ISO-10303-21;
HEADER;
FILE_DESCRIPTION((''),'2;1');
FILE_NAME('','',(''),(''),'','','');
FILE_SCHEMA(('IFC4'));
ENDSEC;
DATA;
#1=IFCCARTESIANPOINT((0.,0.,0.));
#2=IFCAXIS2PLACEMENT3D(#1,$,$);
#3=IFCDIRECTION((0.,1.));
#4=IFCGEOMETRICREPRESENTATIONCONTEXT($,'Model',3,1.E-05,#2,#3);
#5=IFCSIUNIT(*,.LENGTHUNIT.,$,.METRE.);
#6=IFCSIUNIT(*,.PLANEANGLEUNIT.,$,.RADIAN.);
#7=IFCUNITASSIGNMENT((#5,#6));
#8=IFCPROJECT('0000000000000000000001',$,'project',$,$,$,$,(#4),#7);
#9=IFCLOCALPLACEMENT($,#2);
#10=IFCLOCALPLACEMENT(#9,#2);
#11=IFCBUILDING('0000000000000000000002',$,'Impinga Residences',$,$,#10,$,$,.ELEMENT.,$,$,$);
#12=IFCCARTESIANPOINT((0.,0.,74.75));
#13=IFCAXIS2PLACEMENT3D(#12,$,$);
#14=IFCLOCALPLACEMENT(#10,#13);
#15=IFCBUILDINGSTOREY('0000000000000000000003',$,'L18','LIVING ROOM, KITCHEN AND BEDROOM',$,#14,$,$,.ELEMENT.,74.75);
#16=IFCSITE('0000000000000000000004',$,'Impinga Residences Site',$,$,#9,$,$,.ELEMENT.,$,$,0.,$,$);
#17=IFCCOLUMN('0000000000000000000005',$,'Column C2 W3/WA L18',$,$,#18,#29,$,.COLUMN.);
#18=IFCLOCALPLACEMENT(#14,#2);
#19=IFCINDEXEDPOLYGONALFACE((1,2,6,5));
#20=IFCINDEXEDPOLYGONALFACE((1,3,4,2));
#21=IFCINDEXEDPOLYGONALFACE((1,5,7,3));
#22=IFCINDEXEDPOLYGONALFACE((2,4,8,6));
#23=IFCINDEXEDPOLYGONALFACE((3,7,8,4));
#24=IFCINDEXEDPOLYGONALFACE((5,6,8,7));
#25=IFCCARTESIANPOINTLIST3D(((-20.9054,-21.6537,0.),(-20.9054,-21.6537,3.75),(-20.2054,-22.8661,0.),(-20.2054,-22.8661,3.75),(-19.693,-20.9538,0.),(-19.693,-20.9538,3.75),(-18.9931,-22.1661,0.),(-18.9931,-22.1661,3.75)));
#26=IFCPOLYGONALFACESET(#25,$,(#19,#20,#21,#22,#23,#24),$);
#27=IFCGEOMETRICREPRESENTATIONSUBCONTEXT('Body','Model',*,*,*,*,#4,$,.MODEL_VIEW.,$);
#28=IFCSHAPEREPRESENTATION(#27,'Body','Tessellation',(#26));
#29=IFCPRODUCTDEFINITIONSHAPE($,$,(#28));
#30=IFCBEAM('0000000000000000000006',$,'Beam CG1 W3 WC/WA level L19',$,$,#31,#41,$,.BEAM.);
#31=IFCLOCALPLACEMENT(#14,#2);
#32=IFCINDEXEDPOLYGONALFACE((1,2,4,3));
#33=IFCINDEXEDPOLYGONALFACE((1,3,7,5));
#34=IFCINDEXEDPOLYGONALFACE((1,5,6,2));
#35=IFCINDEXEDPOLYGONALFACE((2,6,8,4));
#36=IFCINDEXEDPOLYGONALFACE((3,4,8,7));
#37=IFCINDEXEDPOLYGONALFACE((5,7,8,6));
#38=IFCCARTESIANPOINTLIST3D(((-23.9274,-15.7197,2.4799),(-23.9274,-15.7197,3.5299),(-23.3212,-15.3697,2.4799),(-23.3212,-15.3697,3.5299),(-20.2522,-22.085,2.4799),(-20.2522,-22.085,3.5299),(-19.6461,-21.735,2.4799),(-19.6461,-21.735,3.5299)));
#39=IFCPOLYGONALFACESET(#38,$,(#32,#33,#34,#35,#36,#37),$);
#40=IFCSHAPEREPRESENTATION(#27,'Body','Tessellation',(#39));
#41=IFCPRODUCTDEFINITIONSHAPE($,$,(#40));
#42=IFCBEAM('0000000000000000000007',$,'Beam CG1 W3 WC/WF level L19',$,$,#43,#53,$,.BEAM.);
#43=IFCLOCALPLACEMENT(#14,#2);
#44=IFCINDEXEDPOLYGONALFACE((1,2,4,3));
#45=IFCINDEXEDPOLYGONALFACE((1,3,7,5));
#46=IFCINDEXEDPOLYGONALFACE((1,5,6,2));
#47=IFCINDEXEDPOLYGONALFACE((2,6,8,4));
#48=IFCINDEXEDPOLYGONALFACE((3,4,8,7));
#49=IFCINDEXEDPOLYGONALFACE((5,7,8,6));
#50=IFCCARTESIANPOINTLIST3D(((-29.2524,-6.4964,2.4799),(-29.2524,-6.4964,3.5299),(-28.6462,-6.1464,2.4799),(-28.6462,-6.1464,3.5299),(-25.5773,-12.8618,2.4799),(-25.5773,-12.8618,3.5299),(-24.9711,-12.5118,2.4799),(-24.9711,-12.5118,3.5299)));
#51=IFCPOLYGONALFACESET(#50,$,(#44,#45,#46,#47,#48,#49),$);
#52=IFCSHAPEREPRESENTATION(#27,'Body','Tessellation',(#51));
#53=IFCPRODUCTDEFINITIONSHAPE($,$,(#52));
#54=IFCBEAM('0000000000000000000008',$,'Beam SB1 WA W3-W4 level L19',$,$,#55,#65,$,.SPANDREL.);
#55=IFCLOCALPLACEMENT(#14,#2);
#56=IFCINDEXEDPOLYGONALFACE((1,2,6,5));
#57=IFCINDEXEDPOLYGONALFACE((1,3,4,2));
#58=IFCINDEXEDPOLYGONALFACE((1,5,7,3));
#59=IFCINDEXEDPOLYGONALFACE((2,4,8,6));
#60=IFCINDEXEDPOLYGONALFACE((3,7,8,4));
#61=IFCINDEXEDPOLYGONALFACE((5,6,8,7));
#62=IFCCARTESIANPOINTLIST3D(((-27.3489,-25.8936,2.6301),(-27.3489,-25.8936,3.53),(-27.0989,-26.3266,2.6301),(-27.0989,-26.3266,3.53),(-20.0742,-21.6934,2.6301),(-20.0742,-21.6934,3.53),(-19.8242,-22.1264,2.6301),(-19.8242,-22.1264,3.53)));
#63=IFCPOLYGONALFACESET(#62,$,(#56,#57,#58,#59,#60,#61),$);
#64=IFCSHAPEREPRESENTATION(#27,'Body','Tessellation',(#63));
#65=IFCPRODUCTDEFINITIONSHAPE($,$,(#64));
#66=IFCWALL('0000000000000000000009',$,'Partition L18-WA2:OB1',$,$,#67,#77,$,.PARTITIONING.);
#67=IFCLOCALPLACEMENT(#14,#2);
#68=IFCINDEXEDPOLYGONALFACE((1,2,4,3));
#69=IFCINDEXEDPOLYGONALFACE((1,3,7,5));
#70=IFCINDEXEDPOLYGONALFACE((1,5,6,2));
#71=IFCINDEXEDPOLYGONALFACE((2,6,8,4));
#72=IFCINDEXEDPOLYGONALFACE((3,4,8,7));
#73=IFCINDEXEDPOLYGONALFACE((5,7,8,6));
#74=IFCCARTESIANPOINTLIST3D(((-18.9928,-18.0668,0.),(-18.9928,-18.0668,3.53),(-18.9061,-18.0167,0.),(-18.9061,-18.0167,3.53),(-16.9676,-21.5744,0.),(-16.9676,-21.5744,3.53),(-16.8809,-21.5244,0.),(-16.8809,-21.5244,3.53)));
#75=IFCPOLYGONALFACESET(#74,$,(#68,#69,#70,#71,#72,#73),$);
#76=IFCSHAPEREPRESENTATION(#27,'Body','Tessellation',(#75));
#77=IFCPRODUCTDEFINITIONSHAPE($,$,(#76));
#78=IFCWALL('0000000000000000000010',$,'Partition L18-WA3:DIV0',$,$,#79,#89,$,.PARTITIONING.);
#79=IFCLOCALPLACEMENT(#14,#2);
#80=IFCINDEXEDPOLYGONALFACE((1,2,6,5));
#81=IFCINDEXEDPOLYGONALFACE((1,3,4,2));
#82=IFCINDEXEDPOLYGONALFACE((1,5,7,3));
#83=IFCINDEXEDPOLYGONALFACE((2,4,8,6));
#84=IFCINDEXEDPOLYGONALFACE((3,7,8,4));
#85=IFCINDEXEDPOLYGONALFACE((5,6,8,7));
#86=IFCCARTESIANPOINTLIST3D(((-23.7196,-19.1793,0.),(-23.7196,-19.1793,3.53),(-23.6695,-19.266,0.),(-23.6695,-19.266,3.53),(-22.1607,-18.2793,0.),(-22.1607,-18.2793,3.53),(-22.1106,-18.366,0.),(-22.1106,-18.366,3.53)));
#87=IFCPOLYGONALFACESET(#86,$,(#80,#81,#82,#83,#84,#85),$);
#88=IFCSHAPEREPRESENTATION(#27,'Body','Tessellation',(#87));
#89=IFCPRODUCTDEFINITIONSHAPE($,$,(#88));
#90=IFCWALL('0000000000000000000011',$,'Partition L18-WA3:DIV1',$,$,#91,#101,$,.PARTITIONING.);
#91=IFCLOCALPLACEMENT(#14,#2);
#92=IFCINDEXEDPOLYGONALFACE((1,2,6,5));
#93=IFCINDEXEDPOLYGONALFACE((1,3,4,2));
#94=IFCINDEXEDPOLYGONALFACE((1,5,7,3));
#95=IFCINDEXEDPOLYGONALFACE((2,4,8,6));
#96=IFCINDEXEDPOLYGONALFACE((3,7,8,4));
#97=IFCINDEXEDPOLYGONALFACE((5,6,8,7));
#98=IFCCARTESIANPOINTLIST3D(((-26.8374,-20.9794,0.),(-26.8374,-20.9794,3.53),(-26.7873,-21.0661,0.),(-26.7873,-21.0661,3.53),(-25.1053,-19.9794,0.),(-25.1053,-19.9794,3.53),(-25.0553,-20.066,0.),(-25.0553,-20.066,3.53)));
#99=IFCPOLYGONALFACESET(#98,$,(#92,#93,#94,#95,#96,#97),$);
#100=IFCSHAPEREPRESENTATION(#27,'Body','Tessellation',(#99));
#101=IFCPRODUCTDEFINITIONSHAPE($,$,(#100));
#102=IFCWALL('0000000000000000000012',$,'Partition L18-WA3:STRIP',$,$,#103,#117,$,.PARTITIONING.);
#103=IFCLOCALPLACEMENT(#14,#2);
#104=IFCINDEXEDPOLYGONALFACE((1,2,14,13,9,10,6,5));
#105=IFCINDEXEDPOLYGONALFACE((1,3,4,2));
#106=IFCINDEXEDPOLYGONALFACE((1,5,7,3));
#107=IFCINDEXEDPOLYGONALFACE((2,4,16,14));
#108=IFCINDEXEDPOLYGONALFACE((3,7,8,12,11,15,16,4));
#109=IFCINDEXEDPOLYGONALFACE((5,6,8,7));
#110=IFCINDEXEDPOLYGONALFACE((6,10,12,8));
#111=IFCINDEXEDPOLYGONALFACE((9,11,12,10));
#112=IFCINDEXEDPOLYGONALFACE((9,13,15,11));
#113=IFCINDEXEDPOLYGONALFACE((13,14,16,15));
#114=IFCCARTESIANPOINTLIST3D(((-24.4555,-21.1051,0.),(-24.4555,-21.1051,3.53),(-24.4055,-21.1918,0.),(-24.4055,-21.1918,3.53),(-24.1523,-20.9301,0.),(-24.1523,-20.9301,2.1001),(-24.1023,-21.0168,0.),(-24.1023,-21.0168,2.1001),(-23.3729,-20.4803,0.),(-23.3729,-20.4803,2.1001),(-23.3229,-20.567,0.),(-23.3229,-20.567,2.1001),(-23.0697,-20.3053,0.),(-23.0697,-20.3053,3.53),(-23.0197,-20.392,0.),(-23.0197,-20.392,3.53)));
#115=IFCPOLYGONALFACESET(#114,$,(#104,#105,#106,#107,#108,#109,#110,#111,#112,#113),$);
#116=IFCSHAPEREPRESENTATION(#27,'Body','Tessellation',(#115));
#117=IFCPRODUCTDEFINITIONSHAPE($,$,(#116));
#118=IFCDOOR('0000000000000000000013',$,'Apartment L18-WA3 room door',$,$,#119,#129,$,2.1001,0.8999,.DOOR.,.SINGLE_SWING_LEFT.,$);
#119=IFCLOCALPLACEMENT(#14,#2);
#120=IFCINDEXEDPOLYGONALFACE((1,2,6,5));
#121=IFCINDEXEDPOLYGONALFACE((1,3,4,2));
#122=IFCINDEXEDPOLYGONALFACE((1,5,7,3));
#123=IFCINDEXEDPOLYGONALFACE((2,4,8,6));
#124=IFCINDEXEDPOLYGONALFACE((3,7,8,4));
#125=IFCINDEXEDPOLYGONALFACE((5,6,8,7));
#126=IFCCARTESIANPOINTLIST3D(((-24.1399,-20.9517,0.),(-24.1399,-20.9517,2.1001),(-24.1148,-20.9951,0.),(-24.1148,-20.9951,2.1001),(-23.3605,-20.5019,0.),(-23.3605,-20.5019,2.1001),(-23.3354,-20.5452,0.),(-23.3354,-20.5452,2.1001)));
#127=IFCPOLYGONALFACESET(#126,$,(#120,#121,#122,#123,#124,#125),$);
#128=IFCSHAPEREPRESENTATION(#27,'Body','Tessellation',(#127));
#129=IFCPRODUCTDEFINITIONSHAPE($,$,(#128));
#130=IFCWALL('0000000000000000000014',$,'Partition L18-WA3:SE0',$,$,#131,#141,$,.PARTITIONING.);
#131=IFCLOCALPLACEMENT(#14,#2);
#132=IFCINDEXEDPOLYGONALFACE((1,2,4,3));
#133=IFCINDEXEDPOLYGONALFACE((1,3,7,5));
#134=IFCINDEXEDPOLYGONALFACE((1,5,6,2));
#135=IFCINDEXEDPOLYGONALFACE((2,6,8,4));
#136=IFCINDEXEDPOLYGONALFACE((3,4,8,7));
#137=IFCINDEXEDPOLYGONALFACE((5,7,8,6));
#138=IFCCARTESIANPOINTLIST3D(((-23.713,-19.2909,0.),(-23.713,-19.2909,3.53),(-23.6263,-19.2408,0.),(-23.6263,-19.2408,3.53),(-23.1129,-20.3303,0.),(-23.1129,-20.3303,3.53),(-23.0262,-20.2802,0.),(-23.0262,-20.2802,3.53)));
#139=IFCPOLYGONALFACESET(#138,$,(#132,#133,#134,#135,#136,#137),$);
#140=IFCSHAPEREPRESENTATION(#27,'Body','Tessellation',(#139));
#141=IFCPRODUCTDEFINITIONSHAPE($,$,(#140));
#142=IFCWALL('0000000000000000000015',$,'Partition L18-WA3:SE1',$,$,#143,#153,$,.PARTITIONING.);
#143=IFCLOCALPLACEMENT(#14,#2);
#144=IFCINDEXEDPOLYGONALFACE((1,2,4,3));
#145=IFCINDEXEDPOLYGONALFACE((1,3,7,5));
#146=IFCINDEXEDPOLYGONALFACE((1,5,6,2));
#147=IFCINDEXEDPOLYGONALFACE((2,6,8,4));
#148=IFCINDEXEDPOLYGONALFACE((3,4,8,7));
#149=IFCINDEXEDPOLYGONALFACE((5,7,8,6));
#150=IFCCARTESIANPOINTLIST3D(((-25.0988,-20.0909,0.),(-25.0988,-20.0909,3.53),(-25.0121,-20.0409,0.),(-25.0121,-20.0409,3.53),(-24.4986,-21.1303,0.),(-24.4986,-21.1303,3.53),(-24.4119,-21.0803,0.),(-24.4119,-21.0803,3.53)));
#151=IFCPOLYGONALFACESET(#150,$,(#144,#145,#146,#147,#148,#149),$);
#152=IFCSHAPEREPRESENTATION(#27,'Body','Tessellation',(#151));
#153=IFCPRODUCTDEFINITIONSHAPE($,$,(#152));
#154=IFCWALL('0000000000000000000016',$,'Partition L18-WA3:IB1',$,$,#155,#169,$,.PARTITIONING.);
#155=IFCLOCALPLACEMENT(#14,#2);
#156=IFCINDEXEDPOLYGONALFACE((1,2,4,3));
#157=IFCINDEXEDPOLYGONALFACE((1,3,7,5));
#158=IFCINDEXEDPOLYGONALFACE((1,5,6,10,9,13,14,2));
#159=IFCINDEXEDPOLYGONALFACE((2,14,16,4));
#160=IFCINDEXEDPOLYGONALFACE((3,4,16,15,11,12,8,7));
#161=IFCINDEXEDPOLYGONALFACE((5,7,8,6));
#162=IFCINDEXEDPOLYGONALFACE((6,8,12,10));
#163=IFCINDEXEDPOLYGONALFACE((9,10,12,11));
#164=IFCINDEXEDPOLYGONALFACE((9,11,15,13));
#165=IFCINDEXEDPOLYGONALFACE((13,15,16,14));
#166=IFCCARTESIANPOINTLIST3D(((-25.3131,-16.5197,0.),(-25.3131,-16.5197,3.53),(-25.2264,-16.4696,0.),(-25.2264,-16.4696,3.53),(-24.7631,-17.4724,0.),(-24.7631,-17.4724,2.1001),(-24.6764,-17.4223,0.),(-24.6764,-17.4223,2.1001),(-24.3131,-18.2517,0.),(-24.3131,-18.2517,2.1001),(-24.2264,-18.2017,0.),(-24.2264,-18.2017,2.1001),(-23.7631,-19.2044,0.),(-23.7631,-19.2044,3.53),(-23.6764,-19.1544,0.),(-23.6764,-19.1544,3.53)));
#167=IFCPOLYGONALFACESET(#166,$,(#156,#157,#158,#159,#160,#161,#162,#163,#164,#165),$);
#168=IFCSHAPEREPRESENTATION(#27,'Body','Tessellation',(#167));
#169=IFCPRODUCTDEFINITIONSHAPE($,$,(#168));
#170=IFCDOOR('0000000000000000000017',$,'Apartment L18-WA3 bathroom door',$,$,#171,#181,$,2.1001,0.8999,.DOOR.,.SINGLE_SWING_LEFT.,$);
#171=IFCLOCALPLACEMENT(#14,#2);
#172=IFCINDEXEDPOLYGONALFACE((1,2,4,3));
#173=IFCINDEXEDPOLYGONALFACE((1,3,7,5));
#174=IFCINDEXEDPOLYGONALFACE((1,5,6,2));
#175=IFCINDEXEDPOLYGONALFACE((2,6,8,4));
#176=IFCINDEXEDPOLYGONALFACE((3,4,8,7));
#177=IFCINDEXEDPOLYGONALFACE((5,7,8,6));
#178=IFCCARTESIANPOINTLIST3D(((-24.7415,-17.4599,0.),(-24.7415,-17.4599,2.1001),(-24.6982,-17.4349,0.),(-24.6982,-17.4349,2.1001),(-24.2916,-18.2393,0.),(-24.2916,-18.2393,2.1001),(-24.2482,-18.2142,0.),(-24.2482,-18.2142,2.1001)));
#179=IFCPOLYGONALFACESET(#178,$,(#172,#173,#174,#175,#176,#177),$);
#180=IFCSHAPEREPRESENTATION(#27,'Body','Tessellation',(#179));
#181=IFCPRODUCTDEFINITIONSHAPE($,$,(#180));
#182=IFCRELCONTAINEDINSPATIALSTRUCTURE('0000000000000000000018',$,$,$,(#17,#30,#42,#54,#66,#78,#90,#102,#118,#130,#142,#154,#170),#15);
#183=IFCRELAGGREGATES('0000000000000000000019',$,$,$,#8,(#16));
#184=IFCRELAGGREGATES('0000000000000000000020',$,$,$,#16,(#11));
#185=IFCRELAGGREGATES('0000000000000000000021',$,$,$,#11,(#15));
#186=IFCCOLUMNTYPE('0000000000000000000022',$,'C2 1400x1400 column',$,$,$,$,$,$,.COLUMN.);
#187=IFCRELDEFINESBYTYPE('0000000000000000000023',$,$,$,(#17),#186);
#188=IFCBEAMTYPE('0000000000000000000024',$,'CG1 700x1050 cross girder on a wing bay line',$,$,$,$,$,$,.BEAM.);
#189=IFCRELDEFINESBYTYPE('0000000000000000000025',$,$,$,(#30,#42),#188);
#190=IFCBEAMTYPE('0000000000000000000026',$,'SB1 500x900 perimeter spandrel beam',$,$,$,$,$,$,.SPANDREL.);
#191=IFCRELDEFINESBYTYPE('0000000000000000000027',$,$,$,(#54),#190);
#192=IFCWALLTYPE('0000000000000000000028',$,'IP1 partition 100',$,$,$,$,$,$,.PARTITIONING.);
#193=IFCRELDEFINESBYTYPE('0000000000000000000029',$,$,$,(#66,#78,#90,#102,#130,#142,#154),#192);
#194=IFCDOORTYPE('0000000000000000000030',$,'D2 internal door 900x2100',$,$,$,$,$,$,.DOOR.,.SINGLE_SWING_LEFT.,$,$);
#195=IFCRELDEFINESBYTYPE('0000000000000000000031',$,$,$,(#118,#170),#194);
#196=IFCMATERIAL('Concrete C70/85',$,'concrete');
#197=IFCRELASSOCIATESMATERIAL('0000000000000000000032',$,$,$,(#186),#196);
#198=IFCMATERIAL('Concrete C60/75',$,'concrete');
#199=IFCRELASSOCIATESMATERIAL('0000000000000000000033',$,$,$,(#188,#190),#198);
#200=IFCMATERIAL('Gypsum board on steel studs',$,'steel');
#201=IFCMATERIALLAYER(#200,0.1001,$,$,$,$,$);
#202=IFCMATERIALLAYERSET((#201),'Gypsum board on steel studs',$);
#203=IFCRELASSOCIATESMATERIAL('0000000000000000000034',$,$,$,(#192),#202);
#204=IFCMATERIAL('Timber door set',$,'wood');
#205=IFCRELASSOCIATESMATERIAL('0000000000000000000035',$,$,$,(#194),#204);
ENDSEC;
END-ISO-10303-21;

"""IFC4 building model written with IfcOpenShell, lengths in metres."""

from ifc_helpers import new_model, si_unit, direction, frame, frame_2d, origin, origin_2d, place, context, subcontext, project, spatial, rectangle, extrude, material, layer, layer_set, material_profile, profile_set, type_object, element, fill, save


model = new_model("IFC4")

# Units and contexts
model_context = context("Model", 3, precision=1e-05, world=origin(), true_north=direction((0.0, 1.0)))
body_context = subcontext(model_context, "Body", "Model", "MODEL_VIEW")
ifc_project = project(units=[si_unit("LENGTHUNIT", "METRE"), si_unit("PLANEANGLEUNIT", "RADIAN")], contexts=[model_context])

# Site, building, storey
site_placement = place(None, origin())
site = spatial("IfcSite", under=ifc_project, at=site_placement, Name="Impinga Residences Site", CompositionType="ELEMENT", RefElevation=0.0)
building_placement = place(site_placement, origin())
building = spatial("IfcBuilding", under=site, at=building_placement, Name="Impinga Residences", CompositionType="ELEMENT")
storey_placement = place(building_placement, frame((0.0, 0.0, 74.75)))
storey = spatial("IfcBuildingStorey", under=building, at=storey_placement, Name="L18", Description="LIVING ROOM, KITCHEN AND BEDROOM", CompositionType="ELEMENT", Elevation=74.75)

# Column
ifc_material_1 = material(Name="Concrete C70/85", Category="concrete")
ifc_material_profile_1 = material_profile(ifc_material_1, rectangle(XDim=1.3999, YDim=1.3999, at=origin_2d()), Name="RC 1400x1400")
ifc_profile_set_1 = profile_set([ifc_material_profile_1], Name="Concrete C70/85")
column_type = type_object("IfcColumnType", Name="C2 1400x1400 column", PredefinedType="COLUMN", material=ifc_profile_set_1)
column_placement = place(storey_placement, frame((-19.9492, -21.9099, 0.0), z_axis=(0.0, 0.0, 1.0), x_axis=(-0.5, 0.866025, 0.0)))
element("IfcColumn", 1, at=column_placement, inside=storey, type_object=column_type, Name="Column C2 W3/WA L18", PredefinedType="COLUMN", context=body_context, shape_type="SweptSolid", body=[
    extrude(rectangle(XDim=1.3999, YDim=1.3999, at=origin_2d()), origin(), (0.0, 0.0, 1.0), 3.75),
])

# Beams
ifc_material_2 = material(Name="Concrete C60/75", Category="concrete")
ifc_material_profile_2 = material_profile(ifc_material_2, rectangle(XDim=0.7, YDim=1.05, at=origin_2d()), Name="RC 700x1050")
ifc_profile_set_2 = profile_set([ifc_material_profile_2], Name="Concrete C60/75")
beam_type_1 = type_object("IfcBeamType", Name="CG1 700x1050 cross girder on a wing bay line", PredefinedType="BEAM", material=ifc_profile_set_2)
for number, where, z_axis, x_axis, name in (
    (2, (-23.6243, -15.5447, 3.0049), (0.500008, -0.866021, 0.0), (0.866021, 0.500008, 0.0), "Beam CG1 W3 WC/WA level L19"),
    (3, (-25.2742, -12.6868, 3.0049), (-0.500008, 0.866021, 0.0), (-0.866021, -0.500008, 0.0), "Beam CG1 W3 WC/WF level L19"),
):
    element("IfcBeam", number, at=place(storey_placement, frame(where, z_axis=z_axis, x_axis=x_axis)), inside=storey, type_object=beam_type_1, Name=name, PredefinedType="BEAM", context=body_context, shape_type="SweptSolid", body=[
        extrude(rectangle(XDim=0.7, YDim=1.05, at=origin_2d()), origin(), (0.0, 0.0, 1.0), 7.3501),
    ])
ifc_material_profile_3 = material_profile(ifc_material_2, rectangle(XDim=0.5, YDim=0.8999, at=origin_2d()), Name="RC 500x900")
ifc_profile_set_3 = profile_set([ifc_material_profile_3], Name="Concrete C60/75")
beam_type_2 = type_object("IfcBeamType", Name="SB1 500x900 perimeter spandrel beam", PredefinedType="SPANDREL", material=ifc_profile_set_3)
beam_placement = place(storey_placement, frame((-19.9492, -21.9099, 3.0801), z_axis=(-0.866017, -0.500015, 0.0), x_axis=(0.500015, -0.866017, 0.0)))
element("IfcBeam", 4, at=beam_placement, inside=storey, type_object=beam_type_2, Name="Beam SB1 WA W3-W4 level L19", PredefinedType="SPANDREL", context=body_context, shape_type="SweptSolid", body=[
    extrude(rectangle(XDim=0.5, YDim=0.8999, at=origin_2d()), origin(), (0.0, 0.0, 1.0), 8.4001),
])

# Walls
ifc_material_3 = material(Name="Gypsum board on steel studs", Category="steel")
ifc_layer_1 = layer(ifc_material_3, 0.1001)
ifc_layer_set_1 = layer_set([ifc_layer_1], Name="Gypsum board on steel studs")
wall_type_1 = type_object("IfcWallType", Name="IP1 partition 100", PredefinedType="PARTITIONING", material=ifc_layer_set_1)
wall_1_placement = place(storey_placement, frame((-18.9495, -18.0417, 0.0), z_axis=(0.0, 0.0, 1.0), x_axis=(0.500009, -0.86602, 0.0)))
element("IfcWall", 5, at=wall_1_placement, inside=storey, type_object=wall_type_1, Name="Partition L18-WA2:OB1", PredefinedType="PARTITIONING", context=body_context, shape_type="SweptSolid", body=[
    extrude(rectangle(XDim=4.0503, YDim=0.1001, at=frame_2d((2.0251, 0.0))), origin(), (0.0, 0.0, 1.0), 3.53),
])
wall_2_placement = place(storey_placement, frame((-22.1357, -18.3228, 0.0), z_axis=(0.0, 0.0, 1.0), x_axis=(-0.866048, -0.499961, 0.0)))
element("IfcWall", 6, at=wall_2_placement, inside=storey, type_object=wall_type_1, Name="Partition L18-WA3:DIV0", PredefinedType="PARTITIONING", context=body_context, shape_type="SweptSolid", body=[
    extrude(rectangle(XDim=1.8, YDim=0.1001, at=frame_2d((0.8999, 0.0))), origin(), (0.0, 0.0, 1.0), 3.53),
])
wall_3_placement = place(storey_placement, frame((-25.0803, -20.0227, 0.0), z_axis=(0.0, 0.0, 1.0), x_axis=(-0.866011, -0.500025, 0.0)))
element("IfcWall", 7, at=wall_3_placement, inside=storey, type_object=wall_type_1, Name="Partition L18-WA3:DIV1", PredefinedType="PARTITIONING", context=body_context, shape_type="SweptSolid", body=[
    extrude(rectangle(XDim=2.0, YDim=0.1001, at=frame_2d((1.0, 0.0))), origin(), (0.0, 0.0, 1.0), 3.53),
])

# Wall, opening, door
wall_4_placement = place(storey_placement, frame((-23.0447, -20.3486, 0.0), z_axis=(0.0, 0.0, 1.0), x_axis=(-0.866094, -0.499881, 0.0)))
wall_4 = element("IfcWall", 8, at=wall_4_placement, inside=storey, type_object=wall_type_1, Name="Partition L18-WA3:STRIP", PredefinedType="PARTITIONING", context=body_context, shape_type="SweptSolid", body=[
    extrude(rectangle(XDim=1.6001, YDim=0.1001, at=frame_2d((0.8, 0.0))), origin(), (0.0, 0.0, 1.0), 3.53),
])
opening_1_placement = place(wall_4_placement, frame((0.3501, 0.0, 0.0)))
opening_1 = element("IfcOpeningElement", 9, at=opening_1_placement, cuts=wall_4, PredefinedType="OPENING", context=body_context, shape_type="SweptSolid", body=[
    extrude(rectangle(XDim=0.8999, YDim=2.1001, at=frame_2d((0.45, 1.05))), frame((0.0, 0.0601, 0.0), z_axis=(0.0, -1.0, 0.0), x_axis=(1.0, 0.0, 0.0)), (0.0, 0.0, 1.0), 0.1201),
])
ifc_material_4 = material(Name="Timber door set", Category="wood")
door_type = type_object("IfcDoorType", Name="D2 internal door 900x2100", OperationType="SINGLE_SWING_LEFT", PredefinedType="DOOR", material=ifc_material_4)
door_1_placement = place(opening_1_placement, origin())
door_1 = element("IfcDoor", 10, at=door_1_placement, inside=storey, type_object=door_type, Name="Apartment L18-WA3 room door", OperationType="SINGLE_SWING_LEFT", OverallHeight=2.1001, OverallWidth=0.8999, PredefinedType="DOOR", context=body_context, shape_type="SweptSolid", body=[
    extrude(rectangle(XDim=0.8999, YDim=2.1001, at=frame_2d((0.45, 1.05))), frame((0.0, 0.0249, 0.0), z_axis=(0.0, -1.0, 0.0), x_axis=(1.0, 0.0, 0.0)), (0.0, 0.0, 1.0), 0.05),
])
fill(opening_1, door_1)

# Walls
for number, where, z_axis, x_axis, name in (
    (11, (-23.6697, -19.2659, 0.0), (0.0, 0.0, 1.0), (0.500034, -0.866006, 0.0), "Partition L18-WA3:SE0"),
    (12, (-25.0554, -20.0659, 0.0), (0.0, 0.0, 1.0), (0.500034, -0.866006, 0.0), "Partition L18-WA3:SE1"),
):
    element("IfcWall", number, at=place(storey_placement, frame(where, z_axis=z_axis, x_axis=x_axis)), inside=storey, type_object=wall_type_1, Name=name, PredefinedType="PARTITIONING", context=body_context, shape_type="SweptSolid", body=[
        extrude(rectangle(XDim=1.2002, YDim=0.1001, at=frame_2d((0.6001, 0.0))), origin(), (0.0, 0.0, 1.0), 3.53),
    ])

# Wall, opening, door
wall_5_placement = place(storey_placement, frame((-25.2698, -16.4946, 0.0), z_axis=(0.0, 0.0, 1.0), x_axis=(0.499993, -0.86603, 0.0)))
wall_5 = element("IfcWall", 13, at=wall_5_placement, inside=storey, type_object=wall_type_1, Name="Partition L18-WA3:IB1", PredefinedType="PARTITIONING", context=body_context, shape_type="SweptSolid", body=[
    extrude(rectangle(XDim=3.1001, YDim=0.1001, at=frame_2d((1.55, 0.0))), origin(), (0.0, 0.0, 1.0), 3.53),
])
opening_2_placement = place(wall_5_placement, frame((1.1001, 0.0, 0.0)))
opening_2 = element("IfcOpeningElement", 14, at=opening_2_placement, cuts=wall_5, PredefinedType="OPENING", context=body_context, shape_type="SweptSolid", body=[
    extrude(rectangle(XDim=0.8999, YDim=2.1001, at=frame_2d((0.45, 1.05))), frame((0.0, 0.0601, 0.0), z_axis=(0.0, -1.0, 0.0), x_axis=(1.0, 0.0, 0.0)), (0.0, 0.0, 1.0), 0.1201),
])
door_2_placement = place(opening_2_placement, origin())
door_2 = element("IfcDoor", 15, at=door_2_placement, inside=storey, type_object=door_type, Name="Apartment L18-WA3 bathroom door", OperationType="SINGLE_SWING_LEFT", OverallHeight=2.1001, OverallWidth=0.8999, PredefinedType="DOOR", context=body_context, shape_type="SweptSolid", body=[
    extrude(rectangle(XDim=0.8999, YDim=2.1001, at=frame_2d((0.45, 1.05))), frame((0.0, 0.0249, 0.0), z_axis=(0.0, -1.0, 0.0), x_axis=(1.0, 0.0, 0.0)), (0.0, 0.0, 1.0), 0.05),
])
fill(opening_2, door_2)

save(model, "model.ifc")
